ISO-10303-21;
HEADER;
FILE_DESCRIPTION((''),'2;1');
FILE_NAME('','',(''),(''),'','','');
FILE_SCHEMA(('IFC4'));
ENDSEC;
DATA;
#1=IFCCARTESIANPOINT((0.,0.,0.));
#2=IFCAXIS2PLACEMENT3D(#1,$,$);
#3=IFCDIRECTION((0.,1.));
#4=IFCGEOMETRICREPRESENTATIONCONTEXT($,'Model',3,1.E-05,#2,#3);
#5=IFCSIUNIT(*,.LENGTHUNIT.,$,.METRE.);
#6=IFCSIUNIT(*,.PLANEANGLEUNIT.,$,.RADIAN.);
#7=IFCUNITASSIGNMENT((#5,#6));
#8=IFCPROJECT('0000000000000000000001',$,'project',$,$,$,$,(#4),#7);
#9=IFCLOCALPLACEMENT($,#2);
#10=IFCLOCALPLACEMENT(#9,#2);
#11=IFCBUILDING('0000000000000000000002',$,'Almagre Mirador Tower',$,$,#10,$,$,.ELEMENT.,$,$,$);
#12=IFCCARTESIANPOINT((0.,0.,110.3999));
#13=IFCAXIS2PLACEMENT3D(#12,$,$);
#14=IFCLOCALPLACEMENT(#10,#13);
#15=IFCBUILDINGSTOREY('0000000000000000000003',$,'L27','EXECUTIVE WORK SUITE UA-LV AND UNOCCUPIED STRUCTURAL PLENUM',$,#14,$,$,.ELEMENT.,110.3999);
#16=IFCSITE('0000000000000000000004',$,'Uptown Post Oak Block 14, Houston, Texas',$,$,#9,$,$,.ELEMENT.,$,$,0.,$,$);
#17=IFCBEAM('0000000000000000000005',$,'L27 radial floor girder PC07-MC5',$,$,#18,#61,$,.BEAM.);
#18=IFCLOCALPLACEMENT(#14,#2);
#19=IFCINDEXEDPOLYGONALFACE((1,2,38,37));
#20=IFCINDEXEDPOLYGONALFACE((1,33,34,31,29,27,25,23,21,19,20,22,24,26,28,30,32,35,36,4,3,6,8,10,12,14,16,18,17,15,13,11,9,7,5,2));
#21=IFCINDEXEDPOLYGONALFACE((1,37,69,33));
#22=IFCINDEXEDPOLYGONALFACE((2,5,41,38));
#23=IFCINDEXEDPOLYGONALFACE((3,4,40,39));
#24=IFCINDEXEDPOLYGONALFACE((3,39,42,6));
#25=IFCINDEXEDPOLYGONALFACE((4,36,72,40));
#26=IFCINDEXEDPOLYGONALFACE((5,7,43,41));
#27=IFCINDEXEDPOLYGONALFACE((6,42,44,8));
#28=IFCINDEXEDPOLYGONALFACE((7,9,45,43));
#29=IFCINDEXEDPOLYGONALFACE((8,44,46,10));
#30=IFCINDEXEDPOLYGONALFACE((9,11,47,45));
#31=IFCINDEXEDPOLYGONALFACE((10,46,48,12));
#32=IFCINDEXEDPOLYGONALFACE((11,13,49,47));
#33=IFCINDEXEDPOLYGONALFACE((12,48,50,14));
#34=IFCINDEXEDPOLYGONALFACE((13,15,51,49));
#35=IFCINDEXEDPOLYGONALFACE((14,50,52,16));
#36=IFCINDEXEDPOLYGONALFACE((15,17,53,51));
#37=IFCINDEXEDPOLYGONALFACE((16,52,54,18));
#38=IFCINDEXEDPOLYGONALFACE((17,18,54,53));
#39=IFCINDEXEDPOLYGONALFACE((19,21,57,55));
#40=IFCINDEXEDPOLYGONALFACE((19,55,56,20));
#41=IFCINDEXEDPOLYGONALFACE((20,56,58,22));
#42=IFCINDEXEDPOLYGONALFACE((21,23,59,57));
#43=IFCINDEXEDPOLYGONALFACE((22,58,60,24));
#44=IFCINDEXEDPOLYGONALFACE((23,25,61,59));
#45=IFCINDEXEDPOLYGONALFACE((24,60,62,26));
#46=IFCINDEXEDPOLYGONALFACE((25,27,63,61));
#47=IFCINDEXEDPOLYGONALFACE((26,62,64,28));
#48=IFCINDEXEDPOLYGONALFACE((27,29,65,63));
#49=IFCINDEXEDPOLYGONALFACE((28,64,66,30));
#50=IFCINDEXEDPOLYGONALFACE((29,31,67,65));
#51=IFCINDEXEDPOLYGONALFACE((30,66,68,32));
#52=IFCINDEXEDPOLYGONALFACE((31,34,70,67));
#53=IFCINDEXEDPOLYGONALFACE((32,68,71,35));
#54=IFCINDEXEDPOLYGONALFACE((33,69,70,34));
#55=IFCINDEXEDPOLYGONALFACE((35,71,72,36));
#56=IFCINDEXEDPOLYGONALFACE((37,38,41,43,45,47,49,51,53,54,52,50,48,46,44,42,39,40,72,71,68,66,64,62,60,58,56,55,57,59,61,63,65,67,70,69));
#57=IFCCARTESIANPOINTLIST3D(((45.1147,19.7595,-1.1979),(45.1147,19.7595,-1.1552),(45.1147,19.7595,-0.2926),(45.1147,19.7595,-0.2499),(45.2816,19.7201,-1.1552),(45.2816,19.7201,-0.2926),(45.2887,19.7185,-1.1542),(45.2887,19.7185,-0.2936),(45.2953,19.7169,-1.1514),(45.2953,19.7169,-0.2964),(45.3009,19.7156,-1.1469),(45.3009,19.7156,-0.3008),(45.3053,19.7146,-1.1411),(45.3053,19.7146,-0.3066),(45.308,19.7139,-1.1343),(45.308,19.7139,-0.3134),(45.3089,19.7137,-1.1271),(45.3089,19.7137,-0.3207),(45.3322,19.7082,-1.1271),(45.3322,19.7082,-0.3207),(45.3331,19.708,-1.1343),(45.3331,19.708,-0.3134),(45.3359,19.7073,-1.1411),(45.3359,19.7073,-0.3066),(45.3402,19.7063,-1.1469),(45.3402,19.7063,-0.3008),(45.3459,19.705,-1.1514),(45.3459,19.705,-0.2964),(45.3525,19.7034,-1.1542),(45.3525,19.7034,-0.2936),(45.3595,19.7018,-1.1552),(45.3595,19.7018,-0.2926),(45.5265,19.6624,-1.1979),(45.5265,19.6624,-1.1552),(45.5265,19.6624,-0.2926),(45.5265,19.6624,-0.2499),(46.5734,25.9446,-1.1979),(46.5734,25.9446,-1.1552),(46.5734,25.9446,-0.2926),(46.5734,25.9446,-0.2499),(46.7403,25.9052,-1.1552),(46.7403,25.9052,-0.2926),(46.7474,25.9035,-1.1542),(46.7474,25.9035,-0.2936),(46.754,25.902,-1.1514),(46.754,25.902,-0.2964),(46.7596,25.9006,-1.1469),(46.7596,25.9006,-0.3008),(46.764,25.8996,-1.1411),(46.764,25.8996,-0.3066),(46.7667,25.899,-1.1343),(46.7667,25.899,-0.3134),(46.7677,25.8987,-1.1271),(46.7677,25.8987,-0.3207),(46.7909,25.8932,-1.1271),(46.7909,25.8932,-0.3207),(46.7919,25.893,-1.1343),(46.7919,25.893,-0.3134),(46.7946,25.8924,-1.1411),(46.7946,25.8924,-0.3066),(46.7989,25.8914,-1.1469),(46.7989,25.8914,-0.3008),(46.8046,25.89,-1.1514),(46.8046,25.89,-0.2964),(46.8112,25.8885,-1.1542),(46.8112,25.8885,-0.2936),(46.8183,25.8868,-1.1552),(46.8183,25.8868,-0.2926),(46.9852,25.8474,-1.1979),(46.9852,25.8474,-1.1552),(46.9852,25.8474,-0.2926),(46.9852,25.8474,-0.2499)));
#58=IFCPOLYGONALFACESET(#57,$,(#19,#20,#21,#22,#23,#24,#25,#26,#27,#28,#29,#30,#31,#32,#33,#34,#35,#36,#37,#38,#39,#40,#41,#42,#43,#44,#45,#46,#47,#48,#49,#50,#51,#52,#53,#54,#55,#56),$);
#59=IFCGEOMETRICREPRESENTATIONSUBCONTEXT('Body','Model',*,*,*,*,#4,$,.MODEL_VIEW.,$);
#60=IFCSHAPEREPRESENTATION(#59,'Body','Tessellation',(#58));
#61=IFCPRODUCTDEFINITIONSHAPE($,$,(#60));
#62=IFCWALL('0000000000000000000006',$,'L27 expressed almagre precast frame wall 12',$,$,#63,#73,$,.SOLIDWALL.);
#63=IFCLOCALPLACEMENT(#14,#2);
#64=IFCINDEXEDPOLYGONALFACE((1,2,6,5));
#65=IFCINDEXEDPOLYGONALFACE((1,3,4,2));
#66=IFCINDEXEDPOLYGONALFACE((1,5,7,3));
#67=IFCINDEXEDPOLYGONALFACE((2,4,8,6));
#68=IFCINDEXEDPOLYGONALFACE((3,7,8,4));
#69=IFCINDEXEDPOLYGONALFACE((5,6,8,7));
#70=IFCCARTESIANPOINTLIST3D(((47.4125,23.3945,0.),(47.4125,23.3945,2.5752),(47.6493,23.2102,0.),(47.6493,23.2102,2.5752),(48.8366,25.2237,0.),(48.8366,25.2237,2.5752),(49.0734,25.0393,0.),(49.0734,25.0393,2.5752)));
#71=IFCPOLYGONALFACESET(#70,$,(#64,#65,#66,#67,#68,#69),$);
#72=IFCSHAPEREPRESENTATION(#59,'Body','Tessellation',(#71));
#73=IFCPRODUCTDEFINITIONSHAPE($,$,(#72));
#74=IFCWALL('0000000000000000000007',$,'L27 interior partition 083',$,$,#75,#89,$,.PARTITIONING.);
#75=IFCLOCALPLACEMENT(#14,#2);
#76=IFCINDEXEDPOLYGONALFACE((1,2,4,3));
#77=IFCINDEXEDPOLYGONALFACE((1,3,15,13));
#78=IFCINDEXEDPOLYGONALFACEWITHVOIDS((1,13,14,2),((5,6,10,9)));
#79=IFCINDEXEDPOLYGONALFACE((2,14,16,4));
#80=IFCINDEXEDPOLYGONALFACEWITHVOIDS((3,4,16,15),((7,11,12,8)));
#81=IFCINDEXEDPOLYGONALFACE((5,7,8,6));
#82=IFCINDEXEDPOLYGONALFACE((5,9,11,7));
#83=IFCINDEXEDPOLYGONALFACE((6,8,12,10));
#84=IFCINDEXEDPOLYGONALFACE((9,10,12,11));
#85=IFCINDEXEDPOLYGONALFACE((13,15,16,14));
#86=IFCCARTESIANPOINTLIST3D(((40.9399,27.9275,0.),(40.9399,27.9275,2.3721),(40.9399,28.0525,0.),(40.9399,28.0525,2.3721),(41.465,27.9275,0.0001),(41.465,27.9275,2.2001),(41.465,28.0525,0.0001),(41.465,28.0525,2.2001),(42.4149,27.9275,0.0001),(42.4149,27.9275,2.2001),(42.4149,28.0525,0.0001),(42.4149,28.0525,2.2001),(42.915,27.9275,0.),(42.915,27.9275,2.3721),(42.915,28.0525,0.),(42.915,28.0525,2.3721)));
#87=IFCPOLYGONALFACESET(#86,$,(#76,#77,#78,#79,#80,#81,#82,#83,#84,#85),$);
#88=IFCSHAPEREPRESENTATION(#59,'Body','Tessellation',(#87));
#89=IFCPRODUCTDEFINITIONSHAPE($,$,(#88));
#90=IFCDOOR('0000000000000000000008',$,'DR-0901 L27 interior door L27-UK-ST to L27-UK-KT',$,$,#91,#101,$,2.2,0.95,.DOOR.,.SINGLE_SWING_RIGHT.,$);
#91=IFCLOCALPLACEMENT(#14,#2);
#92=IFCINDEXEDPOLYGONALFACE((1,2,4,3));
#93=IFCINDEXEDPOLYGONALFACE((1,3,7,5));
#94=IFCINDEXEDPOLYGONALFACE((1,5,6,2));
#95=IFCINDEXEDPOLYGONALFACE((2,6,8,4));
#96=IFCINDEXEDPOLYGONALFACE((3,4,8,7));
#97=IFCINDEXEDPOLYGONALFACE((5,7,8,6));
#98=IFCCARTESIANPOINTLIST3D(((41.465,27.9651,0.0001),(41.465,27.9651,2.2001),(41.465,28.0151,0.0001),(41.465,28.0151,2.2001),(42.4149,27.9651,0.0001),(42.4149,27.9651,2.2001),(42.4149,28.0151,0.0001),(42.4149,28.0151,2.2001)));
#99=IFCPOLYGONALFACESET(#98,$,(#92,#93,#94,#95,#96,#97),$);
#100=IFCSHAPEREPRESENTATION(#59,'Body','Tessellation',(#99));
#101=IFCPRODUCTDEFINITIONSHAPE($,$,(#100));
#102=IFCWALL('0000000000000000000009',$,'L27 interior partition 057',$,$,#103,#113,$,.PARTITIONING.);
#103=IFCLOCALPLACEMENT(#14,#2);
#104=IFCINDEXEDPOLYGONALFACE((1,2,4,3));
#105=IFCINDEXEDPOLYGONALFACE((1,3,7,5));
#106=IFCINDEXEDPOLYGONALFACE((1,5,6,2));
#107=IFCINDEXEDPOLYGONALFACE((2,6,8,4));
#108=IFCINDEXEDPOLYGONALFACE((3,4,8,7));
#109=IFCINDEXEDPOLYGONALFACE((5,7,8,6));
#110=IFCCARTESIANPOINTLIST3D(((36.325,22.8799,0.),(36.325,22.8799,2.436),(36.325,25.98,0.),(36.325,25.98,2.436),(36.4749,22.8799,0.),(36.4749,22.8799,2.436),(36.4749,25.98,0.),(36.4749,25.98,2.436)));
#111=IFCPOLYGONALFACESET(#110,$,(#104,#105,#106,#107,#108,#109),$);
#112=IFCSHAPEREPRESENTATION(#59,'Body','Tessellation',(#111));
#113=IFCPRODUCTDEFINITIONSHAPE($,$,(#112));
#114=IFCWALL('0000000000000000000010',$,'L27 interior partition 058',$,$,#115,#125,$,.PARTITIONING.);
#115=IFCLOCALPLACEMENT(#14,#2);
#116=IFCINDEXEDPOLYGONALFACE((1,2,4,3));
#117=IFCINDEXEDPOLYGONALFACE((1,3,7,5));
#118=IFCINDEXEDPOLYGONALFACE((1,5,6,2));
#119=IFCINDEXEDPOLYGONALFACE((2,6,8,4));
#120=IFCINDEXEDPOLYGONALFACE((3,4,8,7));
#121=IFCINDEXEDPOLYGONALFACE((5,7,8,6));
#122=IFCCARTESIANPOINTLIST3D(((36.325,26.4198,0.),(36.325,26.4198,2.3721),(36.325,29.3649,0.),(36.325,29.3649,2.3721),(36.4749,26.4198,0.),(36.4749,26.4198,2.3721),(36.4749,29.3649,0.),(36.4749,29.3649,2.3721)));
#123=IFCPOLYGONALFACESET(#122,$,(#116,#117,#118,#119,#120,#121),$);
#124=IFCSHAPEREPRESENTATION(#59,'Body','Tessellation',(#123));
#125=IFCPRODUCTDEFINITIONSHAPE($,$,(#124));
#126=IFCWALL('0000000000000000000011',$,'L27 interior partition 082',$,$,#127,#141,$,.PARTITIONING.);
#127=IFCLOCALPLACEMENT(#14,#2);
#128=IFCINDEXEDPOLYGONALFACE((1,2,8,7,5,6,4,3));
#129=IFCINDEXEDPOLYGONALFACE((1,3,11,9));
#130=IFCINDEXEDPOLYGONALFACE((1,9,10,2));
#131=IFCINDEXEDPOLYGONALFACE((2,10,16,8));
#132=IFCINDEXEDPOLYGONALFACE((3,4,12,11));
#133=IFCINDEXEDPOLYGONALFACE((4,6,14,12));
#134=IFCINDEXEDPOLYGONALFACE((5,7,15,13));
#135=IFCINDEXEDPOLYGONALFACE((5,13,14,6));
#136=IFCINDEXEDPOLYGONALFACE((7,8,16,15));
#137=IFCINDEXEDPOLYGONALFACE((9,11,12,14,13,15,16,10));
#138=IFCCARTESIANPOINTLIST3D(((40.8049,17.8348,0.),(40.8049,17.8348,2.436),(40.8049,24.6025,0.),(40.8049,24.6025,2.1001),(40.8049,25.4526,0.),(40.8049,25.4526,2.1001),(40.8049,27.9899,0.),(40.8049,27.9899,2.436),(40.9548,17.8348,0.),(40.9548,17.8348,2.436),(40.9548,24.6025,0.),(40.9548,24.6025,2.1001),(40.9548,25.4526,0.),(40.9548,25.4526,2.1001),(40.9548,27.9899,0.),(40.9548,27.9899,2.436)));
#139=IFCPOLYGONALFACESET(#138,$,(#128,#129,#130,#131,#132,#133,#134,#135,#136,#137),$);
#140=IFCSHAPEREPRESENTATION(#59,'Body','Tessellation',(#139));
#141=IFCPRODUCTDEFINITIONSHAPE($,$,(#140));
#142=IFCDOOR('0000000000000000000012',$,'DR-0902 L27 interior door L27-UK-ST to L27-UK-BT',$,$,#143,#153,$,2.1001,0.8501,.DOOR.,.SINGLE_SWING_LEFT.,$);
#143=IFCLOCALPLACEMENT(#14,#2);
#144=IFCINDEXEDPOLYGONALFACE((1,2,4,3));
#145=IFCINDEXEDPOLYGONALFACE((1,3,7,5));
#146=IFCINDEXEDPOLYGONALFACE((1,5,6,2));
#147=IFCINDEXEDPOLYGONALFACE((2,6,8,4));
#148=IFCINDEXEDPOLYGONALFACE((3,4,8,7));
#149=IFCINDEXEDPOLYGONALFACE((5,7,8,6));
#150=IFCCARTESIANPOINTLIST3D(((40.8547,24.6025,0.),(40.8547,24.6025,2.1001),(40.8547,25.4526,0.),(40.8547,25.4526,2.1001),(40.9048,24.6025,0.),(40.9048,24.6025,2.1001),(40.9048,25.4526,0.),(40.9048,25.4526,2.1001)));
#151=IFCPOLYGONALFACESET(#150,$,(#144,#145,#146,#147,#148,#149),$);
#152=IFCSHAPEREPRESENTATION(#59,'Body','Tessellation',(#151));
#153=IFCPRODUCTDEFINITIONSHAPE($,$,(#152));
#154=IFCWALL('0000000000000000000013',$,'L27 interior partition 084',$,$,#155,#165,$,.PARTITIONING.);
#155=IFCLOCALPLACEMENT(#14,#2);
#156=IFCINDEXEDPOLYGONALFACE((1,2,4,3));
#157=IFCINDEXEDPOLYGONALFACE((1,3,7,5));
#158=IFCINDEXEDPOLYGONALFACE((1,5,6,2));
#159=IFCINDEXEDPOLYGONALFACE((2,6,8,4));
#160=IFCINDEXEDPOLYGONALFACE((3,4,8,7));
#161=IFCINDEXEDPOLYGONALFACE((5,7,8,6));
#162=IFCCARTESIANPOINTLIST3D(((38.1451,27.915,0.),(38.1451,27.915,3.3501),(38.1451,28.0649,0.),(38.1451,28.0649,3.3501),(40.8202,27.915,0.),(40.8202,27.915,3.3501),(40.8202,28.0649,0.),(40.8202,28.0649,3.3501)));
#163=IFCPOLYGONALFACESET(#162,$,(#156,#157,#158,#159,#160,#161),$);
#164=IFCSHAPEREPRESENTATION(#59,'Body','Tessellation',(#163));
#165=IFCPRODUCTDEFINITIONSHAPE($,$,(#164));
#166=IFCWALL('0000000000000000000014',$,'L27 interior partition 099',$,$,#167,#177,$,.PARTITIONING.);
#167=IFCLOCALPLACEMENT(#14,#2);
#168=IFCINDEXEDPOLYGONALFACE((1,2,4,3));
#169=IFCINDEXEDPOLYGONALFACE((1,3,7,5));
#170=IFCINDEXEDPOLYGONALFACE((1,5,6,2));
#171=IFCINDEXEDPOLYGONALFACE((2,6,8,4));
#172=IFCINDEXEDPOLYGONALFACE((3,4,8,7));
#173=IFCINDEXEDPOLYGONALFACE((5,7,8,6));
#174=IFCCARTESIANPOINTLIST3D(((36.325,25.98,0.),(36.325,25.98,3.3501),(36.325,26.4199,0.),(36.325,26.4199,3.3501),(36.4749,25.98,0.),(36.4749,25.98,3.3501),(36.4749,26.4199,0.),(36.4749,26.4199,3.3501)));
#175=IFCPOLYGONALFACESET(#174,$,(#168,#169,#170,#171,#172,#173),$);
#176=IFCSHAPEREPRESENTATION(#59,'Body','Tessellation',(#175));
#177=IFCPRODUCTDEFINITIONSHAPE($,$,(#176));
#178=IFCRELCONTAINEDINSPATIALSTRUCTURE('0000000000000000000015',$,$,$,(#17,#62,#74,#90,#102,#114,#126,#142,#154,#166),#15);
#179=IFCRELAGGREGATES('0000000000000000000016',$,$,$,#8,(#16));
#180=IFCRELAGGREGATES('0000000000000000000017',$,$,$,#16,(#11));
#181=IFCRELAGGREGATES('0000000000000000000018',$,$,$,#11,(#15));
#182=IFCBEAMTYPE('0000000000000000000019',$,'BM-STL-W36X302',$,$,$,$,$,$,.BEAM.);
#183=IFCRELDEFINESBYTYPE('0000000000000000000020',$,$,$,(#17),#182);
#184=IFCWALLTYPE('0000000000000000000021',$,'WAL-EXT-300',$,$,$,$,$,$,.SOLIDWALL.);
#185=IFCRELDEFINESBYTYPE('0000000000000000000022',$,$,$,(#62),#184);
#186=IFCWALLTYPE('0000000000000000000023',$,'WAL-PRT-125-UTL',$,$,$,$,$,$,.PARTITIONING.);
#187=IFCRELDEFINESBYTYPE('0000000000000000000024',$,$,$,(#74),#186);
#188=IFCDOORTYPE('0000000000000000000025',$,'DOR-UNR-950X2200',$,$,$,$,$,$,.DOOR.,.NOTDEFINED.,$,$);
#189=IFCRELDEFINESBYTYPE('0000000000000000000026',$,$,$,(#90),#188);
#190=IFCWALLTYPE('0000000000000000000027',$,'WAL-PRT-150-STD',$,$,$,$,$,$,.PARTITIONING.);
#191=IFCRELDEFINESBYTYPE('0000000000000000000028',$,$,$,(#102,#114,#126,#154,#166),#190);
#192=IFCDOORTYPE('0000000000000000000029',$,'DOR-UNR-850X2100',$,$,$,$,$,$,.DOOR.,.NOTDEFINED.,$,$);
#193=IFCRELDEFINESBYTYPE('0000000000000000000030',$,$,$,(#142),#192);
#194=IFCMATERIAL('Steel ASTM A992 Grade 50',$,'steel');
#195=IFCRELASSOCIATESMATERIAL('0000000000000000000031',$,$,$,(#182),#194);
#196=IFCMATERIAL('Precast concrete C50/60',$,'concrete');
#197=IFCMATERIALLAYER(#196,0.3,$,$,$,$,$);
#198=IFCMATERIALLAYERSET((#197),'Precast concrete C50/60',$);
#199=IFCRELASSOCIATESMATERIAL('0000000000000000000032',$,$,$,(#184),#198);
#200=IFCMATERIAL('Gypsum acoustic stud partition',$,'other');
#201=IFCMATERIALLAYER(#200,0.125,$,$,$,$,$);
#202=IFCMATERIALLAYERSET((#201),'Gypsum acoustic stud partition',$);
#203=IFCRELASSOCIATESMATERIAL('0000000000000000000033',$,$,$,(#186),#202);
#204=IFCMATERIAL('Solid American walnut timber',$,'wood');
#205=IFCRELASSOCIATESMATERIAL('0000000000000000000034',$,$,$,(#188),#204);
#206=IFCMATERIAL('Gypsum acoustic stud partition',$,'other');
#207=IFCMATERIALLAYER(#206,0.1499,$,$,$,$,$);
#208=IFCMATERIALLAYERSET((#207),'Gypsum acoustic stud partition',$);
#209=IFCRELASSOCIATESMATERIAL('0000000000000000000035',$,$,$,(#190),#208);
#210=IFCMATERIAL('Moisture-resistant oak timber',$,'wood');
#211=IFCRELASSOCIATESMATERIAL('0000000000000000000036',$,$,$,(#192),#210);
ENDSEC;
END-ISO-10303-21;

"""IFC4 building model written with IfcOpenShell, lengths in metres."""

from ifc_helpers import new_model, si_unit, direction, frame, frame_2d, origin, origin_2d, place, context, subcontext, project, spatial, rectangle, i_section, extrude, material, layer, layer_set, material_profile, profile_set, type_object, element, fill, save


model = new_model("IFC4")

# Units and contexts
model_context = context("Model", 3, precision=1e-05, world=origin(), true_north=direction((0.0, 1.0)))
body_context = subcontext(model_context, "Body", "Model", "MODEL_VIEW")
ifc_project = project(units=[si_unit("LENGTHUNIT", "METRE"), si_unit("PLANEANGLEUNIT", "RADIAN")], contexts=[model_context])

# Site, building, storey
site_placement = place(None, origin())
site = spatial("IfcSite", under=ifc_project, at=site_placement, Name="Uptown Post Oak Block 14, Houston, Texas", CompositionType="ELEMENT", RefElevation=0.0)
building_placement = place(site_placement, origin())
building = spatial("IfcBuilding", under=site, at=building_placement, Name="Almagre Mirador Tower", CompositionType="ELEMENT")
storey_placement = place(building_placement, frame((0.0, 0.0, 110.3999)))
storey = spatial("IfcBuildingStorey", under=building, at=storey_placement, Name="L27", Description="EXECUTIVE WORK SUITE UA-LV AND UNOCCUPIED STRUCTURAL PLENUM", CompositionType="ELEMENT", Elevation=110.3999)

# Beam
ifc_material_1 = material(Name="Steel ASTM A992 Grade 50", Category="steel")
ifc_material_profile_1 = material_profile(ifc_material_1, i_section(OverallWidth=0.4231, OverallDepth=0.948, WebThickness=0.0239, FlangeThickness=0.0427, FilletRadius=0.0281, at=origin_2d()), Name="W36X302")
ifc_profile_set_1 = profile_set([ifc_material_profile_1], Name="Steel ASTM A992 Grade 50")
beam_type_1 = type_object("IfcBeamType", Name="BM-STL-W36X302", PredefinedType="BEAM", material=ifc_profile_set_1)
beam_1_placement = place(storey_placement, frame((46.7793, 25.896, -0.7239), z_axis=(-0.229551, -0.973297, 0.0), x_axis=(0.973297, -0.229551, 0.0)))
element("IfcBeam", 1, at=beam_1_placement, inside=storey, type_object=beam_type_1, Name="L27 radial floor girder PC07-MC5", PredefinedType="BEAM", context=body_context, shape_type="SweptSolid", body=[
    extrude(i_section(OverallWidth=0.4231, OverallDepth=0.948, WebThickness=0.0239, FlangeThickness=0.0427, FilletRadius=0.0281, at=origin_2d()), origin(), (0.0, 0.0, 1.0), 6.3547),
])

# Wall
ifc_material_2 = material(Name="Precast concrete C50/60", Category="concrete")
ifc_layer_1 = layer(ifc_material_2, 0.3)
ifc_layer_set_1 = layer_set([ifc_layer_1], Name="Precast concrete C50/60")
wall_type_1 = type_object("IfcWallType", Name="WAL-EXT-300", PredefinedType="SOLIDWALL", material=ifc_layer_set_1)
wall_1_placement = place(storey_placement, frame((48.9551, 25.1316, 0.0), z_axis=(0.0, 0.0, 1.0), x_axis=(-0.614327, -0.789052, 0.0)))
element("IfcWall", 2, at=wall_1_placement, inside=storey, type_object=wall_type_1, Name="L27 expressed almagre precast frame wall 12", PredefinedType="SOLIDWALL", context=body_context, shape_type="SweptSolid", body=[
    extrude(rectangle(XDim=2.3181, YDim=0.3, at=frame_2d((1.1592, 0.0))), origin(), (0.0, 0.0, 1.0), 2.5752),
])

# Wall, opening, door
ifc_material_3 = material(Name="Gypsum acoustic stud partition", Category="other")
ifc_layer_2 = layer(ifc_material_3, 0.125)
ifc_layer_set_2 = layer_set([ifc_layer_2], Name="Gypsum acoustic stud partition")
wall_type_2 = type_object("IfcWallType", Name="WAL-PRT-125-UTL", PredefinedType="PARTITIONING", material=ifc_layer_set_2)
wall_2_placement = place(storey_placement, frame((42.915, 27.99, 0.0), z_axis=(0.0, 0.0, 1.0), x_axis=(-1.0, 0.0, 0.0)))
wall_2 = element("IfcWall", 3, at=wall_2_placement, inside=storey, type_object=wall_type_2, Name="L27 interior partition 083", PredefinedType="PARTITIONING", context=body_context, shape_type="SweptSolid", body=[
    extrude(rectangle(XDim=1.9751, YDim=0.125, at=frame_2d((0.9875, 0.0))), origin(), (0.0, 0.0, 1.0), 2.3721),
])
opening_1_placement = place(wall_2_placement, frame((0.5, 0.0, 0.0)))
opening_1 = element("IfcOpeningElement", 4, at=opening_1_placement, cuts=wall_2, PredefinedType="OPENING", context=body_context, shape_type="SweptSolid", body=[
    extrude(rectangle(XDim=0.95, YDim=2.2, at=frame_2d((0.4751, 1.1001))), frame((0.0, 0.0725, 0.0), z_axis=(0.0, -1.0, 0.0), x_axis=(1.0, 0.0, 0.0)), (0.0, 0.0, 1.0), 0.145),
])
ifc_material_4 = material(Name="Solid American walnut timber", Category="wood")
door_type_1 = type_object("IfcDoorType", Name="DOR-UNR-950X2200", OperationType="NOTDEFINED", PredefinedType="DOOR", material=ifc_material_4)
door_1_placement = place(opening_1_placement, origin())
door_1 = element("IfcDoor", 5, at=door_1_placement, inside=storey, type_object=door_type_1, Name="DR-0901 L27 interior door L27-UK-ST to L27-UK-KT", OperationType="SINGLE_SWING_RIGHT", OverallHeight=2.2, OverallWidth=0.95, PredefinedType="DOOR", context=body_context, shape_type="SweptSolid", body=[
    extrude(rectangle(XDim=0.95, YDim=2.2, at=frame_2d((0.4751, 1.1001))), frame((0.0, 0.0249, 0.0), z_axis=(0.0, -1.0, 0.0), x_axis=(1.0, 0.0, 0.0)), (0.0, 0.0, 1.0), 0.05),
])
fill(opening_1, door_1)

# Walls
ifc_material_5 = material(Name="Gypsum acoustic stud partition", Category="other")
ifc_layer_3 = layer(ifc_material_5, 0.1499)
ifc_layer_set_3 = layer_set([ifc_layer_3], Name="Gypsum acoustic stud partition")
wall_type_3 = type_object("IfcWallType", Name="WAL-PRT-150-STD", PredefinedType="PARTITIONING", material=ifc_layer_set_3)
wall_3_placement = place(storey_placement, frame((36.3999, 25.98, 0.0), z_axis=(0.0, 0.0, 1.0), x_axis=(0.0, -1.0, 0.0)))
element("IfcWall", 6, at=wall_3_placement, inside=storey, type_object=wall_type_3, Name="L27 interior partition 057", PredefinedType="PARTITIONING", context=body_context, shape_type="SweptSolid", body=[
    extrude(rectangle(XDim=3.1001, YDim=0.1499, at=frame_2d((1.55, 0.0))), origin(), (0.0, 0.0, 1.0), 2.436),
])
wall_4_placement = place(storey_placement, frame((36.3999, 29.365, 0.0), z_axis=(0.0, 0.0, 1.0), x_axis=(0.0, -1.0, 0.0)))
element("IfcWall", 7, at=wall_4_placement, inside=storey, type_object=wall_type_3, Name="L27 interior partition 058", PredefinedType="PARTITIONING", context=body_context, shape_type="SweptSolid", body=[
    extrude(rectangle(XDim=2.9451, YDim=0.1499, at=frame_2d((1.4727, 0.0))), origin(), (0.0, 0.0, 1.0), 2.3721),
])

# Wall, opening, door
wall_5_placement = place(storey_placement, frame((40.8799, 27.99, 0.0), z_axis=(0.0, 0.0, 1.0), x_axis=(0.0, -1.0, 0.0)))
wall_5 = element("IfcWall", 8, at=wall_5_placement, inside=storey, type_object=wall_type_3, Name="L27 interior partition 082", PredefinedType="PARTITIONING", context=body_context, shape_type="SweptSolid", body=[
    extrude(rectangle(XDim=10.155, YDim=0.1499, at=frame_2d((5.0776, 0.0))), origin(), (0.0, 0.0, 1.0), 2.436),
])
opening_2_placement = place(wall_5_placement, frame((2.5374, 0.0, 0.0)))
opening_2 = element("IfcOpeningElement", 9, at=opening_2_placement, cuts=wall_5, PredefinedType="OPENING", context=body_context, shape_type="SweptSolid", body=[
    extrude(rectangle(XDim=0.8501, YDim=2.1001, at=frame_2d((0.425, 1.05))), frame((0.0, 0.085, 0.0), z_axis=(0.0, -1.0, 0.0), x_axis=(1.0, 0.0, 0.0)), (0.0, 0.0, 1.0), 0.1699),
])
ifc_material_6 = material(Name="Moisture-resistant oak timber", Category="wood")
door_type_2 = type_object("IfcDoorType", Name="DOR-UNR-850X2100", OperationType="NOTDEFINED", PredefinedType="DOOR", material=ifc_material_6)
door_2_placement = place(opening_2_placement, origin())
door_2 = element("IfcDoor", 10, at=door_2_placement, inside=storey, type_object=door_type_2, Name="DR-0902 L27 interior door L27-UK-ST to L27-UK-BT", OperationType="SINGLE_SWING_LEFT", OverallHeight=2.1001, OverallWidth=0.8501, PredefinedType="DOOR", context=body_context, shape_type="SweptSolid", body=[
    extrude(rectangle(XDim=0.8501, YDim=2.1001, at=frame_2d((0.425, 1.05))), frame((0.0, 0.0249, 0.0), z_axis=(0.0, -1.0, 0.0), x_axis=(1.0, 0.0, 0.0)), (0.0, 0.0, 1.0), 0.05),
])
fill(opening_2, door_2)

# Walls
wall_6_placement = place(storey_placement, frame((40.8201, 27.99, 0.0), z_axis=(0.0, 0.0, 1.0), x_axis=(-1.0, 0.0, 0.0)))
element("IfcWall", 11, at=wall_6_placement, inside=storey, type_object=wall_type_3, Name="L27 interior partition 084", PredefinedType="PARTITIONING", context=body_context, shape_type="SweptSolid", body=[
    extrude(rectangle(XDim=2.675, YDim=0.1499, at=frame_2d((1.3374, 0.0))), origin(), (0.0, 0.0, 1.0), 3.3501),
])
wall_7_placement = place(storey_placement, frame((36.3999, 25.98, 0.0), z_axis=(0.0, 0.0, 1.0), x_axis=(0.0, 1.0, 0.0)))
element("IfcWall", 12, at=wall_7_placement, inside=storey, type_object=wall_type_3, Name="L27 interior partition 099", PredefinedType="PARTITIONING", context=body_context, shape_type="SweptSolid", body=[
    extrude(rectangle(XDim=0.4399, YDim=0.1499, at=frame_2d((0.22, 0.0))), origin(), (0.0, 0.0, 1.0), 3.3501),
])

save(model, "model.ifc")
